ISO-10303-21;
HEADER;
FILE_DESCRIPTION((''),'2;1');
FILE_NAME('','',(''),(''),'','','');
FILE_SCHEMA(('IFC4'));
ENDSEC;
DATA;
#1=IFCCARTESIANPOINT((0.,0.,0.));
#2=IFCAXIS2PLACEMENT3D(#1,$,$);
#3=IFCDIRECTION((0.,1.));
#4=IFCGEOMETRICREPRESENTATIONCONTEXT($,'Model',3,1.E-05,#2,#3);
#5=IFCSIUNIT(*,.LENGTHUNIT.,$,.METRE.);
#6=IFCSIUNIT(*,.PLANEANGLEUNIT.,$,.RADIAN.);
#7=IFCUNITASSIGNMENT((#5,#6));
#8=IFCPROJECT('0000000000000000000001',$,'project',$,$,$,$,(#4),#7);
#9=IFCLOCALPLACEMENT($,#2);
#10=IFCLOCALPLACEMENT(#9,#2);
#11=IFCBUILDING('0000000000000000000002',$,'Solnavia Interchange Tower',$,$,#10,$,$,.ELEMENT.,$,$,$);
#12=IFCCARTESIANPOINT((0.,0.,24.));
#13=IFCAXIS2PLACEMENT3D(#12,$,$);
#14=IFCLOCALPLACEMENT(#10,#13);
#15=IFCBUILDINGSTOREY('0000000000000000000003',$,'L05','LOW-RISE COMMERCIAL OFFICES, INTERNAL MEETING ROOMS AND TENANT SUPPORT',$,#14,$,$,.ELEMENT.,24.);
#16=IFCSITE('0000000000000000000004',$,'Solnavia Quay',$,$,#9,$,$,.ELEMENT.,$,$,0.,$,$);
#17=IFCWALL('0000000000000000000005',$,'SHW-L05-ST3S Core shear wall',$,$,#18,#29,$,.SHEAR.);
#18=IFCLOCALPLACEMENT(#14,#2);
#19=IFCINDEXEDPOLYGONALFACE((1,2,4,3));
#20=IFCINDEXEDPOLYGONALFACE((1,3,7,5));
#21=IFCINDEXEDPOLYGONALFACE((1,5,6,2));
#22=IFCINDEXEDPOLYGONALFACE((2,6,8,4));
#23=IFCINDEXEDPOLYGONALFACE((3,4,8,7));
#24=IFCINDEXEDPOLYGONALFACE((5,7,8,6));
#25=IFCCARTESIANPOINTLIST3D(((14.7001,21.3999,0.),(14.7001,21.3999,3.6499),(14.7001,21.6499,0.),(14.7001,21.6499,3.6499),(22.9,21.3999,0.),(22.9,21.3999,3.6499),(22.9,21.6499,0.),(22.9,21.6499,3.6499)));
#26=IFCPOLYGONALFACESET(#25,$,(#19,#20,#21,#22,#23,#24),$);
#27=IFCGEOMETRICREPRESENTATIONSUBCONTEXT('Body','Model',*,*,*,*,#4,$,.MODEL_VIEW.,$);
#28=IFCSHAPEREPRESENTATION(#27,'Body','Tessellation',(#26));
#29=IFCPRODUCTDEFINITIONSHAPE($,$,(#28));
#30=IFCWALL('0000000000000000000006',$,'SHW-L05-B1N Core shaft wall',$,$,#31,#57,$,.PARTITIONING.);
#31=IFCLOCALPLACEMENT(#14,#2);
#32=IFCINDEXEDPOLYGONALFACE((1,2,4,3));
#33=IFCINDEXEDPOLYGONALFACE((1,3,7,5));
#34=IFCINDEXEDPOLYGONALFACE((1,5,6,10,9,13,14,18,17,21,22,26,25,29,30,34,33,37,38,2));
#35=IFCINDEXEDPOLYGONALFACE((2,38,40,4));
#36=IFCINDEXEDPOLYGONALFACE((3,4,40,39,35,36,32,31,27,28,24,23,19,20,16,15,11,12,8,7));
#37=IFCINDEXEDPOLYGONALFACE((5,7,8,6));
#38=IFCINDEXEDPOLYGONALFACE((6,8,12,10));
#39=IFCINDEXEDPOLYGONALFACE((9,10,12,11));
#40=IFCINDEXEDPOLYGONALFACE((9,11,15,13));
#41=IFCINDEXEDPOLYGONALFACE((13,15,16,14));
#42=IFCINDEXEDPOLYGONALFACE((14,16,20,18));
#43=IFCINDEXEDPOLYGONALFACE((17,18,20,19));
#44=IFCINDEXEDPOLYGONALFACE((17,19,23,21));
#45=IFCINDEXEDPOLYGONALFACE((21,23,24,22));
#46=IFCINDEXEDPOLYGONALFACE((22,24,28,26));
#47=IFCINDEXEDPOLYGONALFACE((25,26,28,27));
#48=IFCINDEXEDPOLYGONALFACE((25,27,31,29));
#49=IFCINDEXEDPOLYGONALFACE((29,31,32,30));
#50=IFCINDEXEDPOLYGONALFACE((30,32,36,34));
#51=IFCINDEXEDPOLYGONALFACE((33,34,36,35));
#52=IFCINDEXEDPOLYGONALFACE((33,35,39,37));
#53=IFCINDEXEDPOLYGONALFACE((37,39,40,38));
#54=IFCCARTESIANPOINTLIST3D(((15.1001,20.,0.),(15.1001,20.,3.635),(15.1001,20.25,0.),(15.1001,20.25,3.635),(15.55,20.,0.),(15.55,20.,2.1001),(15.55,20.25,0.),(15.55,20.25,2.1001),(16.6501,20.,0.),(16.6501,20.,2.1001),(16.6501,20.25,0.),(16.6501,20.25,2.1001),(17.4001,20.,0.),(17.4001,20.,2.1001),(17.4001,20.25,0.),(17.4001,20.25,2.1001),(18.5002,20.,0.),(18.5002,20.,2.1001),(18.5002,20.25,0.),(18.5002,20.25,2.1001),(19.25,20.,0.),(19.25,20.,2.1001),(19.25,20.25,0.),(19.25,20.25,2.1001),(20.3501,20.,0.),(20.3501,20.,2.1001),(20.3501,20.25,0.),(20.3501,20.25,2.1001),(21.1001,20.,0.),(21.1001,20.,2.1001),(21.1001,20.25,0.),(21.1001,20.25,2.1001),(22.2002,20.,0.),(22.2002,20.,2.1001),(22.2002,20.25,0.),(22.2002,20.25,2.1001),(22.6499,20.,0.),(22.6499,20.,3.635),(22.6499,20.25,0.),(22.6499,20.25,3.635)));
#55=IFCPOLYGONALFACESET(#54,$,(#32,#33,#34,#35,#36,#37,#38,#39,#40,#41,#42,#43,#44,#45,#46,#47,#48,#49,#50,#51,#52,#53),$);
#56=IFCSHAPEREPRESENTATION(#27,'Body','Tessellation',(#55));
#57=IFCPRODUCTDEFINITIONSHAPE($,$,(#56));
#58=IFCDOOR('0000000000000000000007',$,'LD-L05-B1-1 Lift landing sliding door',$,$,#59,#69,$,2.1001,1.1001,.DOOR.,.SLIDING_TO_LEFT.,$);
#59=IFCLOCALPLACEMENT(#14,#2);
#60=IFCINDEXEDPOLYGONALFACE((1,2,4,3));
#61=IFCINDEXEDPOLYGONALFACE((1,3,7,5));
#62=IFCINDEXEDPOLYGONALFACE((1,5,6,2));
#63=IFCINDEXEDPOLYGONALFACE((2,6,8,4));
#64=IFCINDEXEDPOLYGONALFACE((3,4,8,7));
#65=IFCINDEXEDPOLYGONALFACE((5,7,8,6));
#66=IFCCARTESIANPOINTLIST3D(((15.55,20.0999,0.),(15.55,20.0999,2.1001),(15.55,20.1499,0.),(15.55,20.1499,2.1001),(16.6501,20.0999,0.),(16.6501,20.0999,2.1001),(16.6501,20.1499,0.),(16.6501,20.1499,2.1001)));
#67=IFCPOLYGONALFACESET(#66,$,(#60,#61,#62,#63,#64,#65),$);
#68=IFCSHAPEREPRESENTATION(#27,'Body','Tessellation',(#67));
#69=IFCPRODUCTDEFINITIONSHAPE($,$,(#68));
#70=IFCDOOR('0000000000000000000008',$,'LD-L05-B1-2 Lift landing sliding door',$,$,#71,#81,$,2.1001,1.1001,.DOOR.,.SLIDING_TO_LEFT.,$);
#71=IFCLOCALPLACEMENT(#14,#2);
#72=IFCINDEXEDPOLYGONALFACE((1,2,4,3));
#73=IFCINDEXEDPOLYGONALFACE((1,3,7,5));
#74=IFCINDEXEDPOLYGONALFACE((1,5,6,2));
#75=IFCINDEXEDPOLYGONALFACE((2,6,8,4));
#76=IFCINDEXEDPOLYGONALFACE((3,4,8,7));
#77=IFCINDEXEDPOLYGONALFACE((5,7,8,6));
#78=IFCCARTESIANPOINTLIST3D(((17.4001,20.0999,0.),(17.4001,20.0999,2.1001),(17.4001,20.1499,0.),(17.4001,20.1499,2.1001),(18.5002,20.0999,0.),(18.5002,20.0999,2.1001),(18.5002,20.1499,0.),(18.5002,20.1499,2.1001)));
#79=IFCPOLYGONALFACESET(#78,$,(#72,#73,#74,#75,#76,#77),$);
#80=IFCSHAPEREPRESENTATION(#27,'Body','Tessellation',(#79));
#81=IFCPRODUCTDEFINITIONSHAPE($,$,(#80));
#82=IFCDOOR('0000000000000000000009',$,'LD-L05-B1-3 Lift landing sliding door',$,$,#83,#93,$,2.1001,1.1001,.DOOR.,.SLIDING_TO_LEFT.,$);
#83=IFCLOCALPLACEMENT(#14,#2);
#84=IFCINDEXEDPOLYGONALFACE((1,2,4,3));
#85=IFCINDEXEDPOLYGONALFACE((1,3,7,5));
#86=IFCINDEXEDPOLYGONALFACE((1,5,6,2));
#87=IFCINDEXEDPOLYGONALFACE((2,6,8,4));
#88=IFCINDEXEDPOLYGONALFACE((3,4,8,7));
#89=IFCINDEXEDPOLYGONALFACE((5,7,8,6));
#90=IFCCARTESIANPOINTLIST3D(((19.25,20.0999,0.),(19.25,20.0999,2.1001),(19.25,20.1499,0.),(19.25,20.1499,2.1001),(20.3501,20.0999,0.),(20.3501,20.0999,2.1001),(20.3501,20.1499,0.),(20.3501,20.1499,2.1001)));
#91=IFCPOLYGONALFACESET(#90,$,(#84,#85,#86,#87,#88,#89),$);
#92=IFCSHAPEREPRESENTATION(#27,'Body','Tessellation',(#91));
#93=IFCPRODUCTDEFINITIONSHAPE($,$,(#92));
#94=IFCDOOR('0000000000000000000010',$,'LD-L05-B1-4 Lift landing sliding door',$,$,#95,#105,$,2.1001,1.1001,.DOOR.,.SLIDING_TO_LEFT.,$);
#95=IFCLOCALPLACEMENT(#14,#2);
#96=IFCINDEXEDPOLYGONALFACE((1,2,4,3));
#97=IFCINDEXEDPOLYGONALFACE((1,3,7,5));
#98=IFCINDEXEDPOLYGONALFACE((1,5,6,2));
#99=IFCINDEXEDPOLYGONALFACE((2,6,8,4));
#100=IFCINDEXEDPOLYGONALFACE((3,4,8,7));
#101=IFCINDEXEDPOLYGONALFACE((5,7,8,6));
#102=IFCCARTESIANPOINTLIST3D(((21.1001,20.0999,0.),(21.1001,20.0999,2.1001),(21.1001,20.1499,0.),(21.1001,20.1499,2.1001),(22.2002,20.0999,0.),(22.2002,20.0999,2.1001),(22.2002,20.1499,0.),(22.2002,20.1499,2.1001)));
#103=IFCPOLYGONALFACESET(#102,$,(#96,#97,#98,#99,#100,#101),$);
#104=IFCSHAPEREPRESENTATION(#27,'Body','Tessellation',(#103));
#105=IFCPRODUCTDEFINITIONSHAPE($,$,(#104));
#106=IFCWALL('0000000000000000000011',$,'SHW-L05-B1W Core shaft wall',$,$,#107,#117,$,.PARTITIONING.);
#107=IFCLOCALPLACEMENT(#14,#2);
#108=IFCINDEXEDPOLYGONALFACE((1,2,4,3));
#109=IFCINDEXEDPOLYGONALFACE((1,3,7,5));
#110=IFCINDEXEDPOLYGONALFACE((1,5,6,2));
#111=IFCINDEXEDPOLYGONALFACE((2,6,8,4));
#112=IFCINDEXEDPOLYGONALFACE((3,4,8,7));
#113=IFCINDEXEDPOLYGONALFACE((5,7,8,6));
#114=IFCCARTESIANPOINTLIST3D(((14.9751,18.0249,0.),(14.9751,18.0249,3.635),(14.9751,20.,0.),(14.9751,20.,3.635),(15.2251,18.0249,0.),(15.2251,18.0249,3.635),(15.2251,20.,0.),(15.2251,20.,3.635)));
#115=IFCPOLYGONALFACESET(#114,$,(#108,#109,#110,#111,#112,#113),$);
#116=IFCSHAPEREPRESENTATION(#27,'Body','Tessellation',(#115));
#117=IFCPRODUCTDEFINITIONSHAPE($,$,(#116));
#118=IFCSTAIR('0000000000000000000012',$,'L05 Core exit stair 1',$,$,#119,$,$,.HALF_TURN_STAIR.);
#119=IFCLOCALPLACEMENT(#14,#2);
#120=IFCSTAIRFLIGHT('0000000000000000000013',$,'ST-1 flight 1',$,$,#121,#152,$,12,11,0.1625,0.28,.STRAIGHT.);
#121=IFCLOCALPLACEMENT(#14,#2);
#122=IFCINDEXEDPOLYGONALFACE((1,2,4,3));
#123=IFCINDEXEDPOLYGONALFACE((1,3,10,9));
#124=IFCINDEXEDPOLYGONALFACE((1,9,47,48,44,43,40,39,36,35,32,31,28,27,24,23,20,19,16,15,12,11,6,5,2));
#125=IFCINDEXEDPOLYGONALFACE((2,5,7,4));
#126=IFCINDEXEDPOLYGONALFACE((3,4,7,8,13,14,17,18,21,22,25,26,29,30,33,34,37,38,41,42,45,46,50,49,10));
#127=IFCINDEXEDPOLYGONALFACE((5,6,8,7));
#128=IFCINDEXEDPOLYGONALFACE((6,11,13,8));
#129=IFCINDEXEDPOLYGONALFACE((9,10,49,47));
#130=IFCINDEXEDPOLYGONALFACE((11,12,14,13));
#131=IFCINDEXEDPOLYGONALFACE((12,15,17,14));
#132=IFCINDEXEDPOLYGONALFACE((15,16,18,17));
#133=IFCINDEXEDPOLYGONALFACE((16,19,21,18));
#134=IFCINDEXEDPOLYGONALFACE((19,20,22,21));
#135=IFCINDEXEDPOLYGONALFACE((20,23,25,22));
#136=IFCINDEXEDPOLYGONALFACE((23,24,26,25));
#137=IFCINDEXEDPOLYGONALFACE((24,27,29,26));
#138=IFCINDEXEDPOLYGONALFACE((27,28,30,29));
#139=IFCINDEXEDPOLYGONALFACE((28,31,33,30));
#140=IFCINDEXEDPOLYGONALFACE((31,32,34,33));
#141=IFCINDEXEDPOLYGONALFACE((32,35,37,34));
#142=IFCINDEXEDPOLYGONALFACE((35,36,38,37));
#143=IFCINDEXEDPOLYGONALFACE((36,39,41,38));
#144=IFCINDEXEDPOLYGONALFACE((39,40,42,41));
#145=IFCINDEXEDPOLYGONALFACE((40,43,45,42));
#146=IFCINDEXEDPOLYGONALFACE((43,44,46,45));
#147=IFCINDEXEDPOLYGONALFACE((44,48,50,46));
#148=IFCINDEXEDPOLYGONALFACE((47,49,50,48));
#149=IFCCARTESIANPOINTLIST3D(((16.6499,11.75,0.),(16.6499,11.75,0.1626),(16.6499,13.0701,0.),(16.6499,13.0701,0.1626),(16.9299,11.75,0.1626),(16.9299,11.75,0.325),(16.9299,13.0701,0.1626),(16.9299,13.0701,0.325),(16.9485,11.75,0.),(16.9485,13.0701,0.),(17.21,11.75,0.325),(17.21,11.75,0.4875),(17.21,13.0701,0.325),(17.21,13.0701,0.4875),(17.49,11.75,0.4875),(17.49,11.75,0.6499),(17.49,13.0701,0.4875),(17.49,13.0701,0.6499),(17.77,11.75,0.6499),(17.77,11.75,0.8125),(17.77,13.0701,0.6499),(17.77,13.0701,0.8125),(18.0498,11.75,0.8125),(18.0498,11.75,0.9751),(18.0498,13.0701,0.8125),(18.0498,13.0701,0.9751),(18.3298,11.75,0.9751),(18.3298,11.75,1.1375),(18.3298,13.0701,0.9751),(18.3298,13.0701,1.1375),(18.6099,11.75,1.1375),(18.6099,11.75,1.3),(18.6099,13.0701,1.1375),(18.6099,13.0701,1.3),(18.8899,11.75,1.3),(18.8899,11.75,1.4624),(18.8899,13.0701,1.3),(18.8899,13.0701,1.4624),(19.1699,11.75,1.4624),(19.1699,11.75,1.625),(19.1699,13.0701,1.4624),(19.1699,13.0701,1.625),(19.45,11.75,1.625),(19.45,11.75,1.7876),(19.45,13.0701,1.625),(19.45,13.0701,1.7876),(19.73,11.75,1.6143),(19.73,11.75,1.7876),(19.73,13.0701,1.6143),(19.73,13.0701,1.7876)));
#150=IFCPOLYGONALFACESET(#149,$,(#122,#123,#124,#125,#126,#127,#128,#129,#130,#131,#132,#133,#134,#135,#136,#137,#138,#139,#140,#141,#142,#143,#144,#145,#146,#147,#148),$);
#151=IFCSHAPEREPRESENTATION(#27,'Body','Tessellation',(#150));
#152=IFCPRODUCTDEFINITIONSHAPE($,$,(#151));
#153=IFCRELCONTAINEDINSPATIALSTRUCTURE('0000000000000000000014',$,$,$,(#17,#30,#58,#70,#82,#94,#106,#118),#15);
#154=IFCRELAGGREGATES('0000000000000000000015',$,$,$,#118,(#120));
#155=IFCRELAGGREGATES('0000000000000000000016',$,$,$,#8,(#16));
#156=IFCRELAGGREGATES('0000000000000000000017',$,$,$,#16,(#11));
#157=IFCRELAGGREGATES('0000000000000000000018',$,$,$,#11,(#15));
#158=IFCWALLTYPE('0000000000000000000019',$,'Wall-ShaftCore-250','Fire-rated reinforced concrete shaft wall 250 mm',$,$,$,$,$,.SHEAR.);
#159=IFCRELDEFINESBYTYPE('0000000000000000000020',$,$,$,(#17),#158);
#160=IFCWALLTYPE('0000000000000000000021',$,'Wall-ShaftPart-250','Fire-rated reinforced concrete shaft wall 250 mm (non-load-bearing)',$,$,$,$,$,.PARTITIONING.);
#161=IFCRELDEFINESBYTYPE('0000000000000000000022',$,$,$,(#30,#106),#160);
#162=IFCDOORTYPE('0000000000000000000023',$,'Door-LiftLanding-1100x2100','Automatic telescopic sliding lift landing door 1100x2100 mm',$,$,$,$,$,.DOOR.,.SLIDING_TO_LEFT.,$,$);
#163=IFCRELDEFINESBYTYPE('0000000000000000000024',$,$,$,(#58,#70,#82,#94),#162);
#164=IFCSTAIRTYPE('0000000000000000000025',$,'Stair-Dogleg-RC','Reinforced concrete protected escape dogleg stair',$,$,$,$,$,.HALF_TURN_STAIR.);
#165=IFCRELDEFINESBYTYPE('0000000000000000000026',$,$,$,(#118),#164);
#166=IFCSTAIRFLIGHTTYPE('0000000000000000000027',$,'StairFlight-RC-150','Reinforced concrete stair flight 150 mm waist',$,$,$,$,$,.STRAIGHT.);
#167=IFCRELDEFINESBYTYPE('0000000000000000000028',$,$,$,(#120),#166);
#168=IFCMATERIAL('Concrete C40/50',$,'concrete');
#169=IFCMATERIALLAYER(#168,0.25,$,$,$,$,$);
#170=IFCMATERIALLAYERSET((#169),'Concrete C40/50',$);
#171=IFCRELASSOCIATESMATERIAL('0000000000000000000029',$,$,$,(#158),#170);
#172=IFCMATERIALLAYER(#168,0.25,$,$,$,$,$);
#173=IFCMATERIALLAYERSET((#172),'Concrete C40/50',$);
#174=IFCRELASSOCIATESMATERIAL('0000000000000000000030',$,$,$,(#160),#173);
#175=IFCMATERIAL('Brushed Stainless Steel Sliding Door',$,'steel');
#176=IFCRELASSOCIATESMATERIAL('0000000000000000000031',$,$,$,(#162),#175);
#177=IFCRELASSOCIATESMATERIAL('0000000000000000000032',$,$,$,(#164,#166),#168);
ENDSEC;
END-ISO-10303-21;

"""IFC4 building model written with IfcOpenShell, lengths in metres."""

from ifc_helpers import new_model, si_unit, direction, frame, frame_2d, origin, place, context, subcontext, project, spatial, polyline, rectangle, outline, extrude, material, layer, layer_set, type_object, element, fill, aggregate, save


model = new_model("IFC4")

# Units and contexts
model_context = context("Model", 3, precision=1e-05, world=origin(), true_north=direction((0.0, 1.0)))
body_context = subcontext(model_context, "Body", "Model", "MODEL_VIEW")
ifc_project = project(units=[si_unit("LENGTHUNIT", "METRE"), si_unit("PLANEANGLEUNIT", "RADIAN")], contexts=[model_context])

# Site, building, storey
site_placement = place(None, origin())
site = spatial("IfcSite", under=ifc_project, at=site_placement, Name="Solnavia Quay", CompositionType="ELEMENT", RefElevation=0.0)
building_placement = place(site_placement, origin())
building = spatial("IfcBuilding", under=site, at=building_placement, Name="Solnavia Interchange Tower", CompositionType="ELEMENT")
storey_placement = place(building_placement, frame((0.0, 0.0, 24.0)))
storey = spatial("IfcBuildingStorey", under=building, at=storey_placement, Name="L05", Description="LOW-RISE COMMERCIAL OFFICES, INTERNAL MEETING ROOMS AND TENANT SUPPORT", CompositionType="ELEMENT", Elevation=24.0)

# Wall
ifc_material_1 = material(Name="Concrete C40/50", Category="concrete")
ifc_layer_1 = layer(ifc_material_1, 0.25)
ifc_layer_set_1 = layer_set([ifc_layer_1], Name="Concrete C40/50")
wall_type_1 = type_object("IfcWallType", Name="Wall-ShaftCore-250", Description="Fire-rated reinforced concrete shaft wall 250 mm", PredefinedType="SHEAR", material=ifc_layer_set_1)
wall_1_placement = place(storey_placement, frame((14.7, 21.5249, 0.0), z_axis=(0.0, 0.0, 1.0), x_axis=(1.0, 0.0, 0.0)))
element("IfcWall", 1, at=wall_1_placement, inside=storey, type_object=wall_type_1, Name="SHW-L05-ST3S Core shear wall", PredefinedType="SHEAR", context=body_context, shape_type="SweptSolid", body=[
    extrude(rectangle(XDim=8.2, YDim=0.25, at=frame_2d((4.1001, 0.0))), origin(), (0.0, 0.0, 1.0), 3.6499),
])

# Wall, openings, doors
ifc_layer_2 = layer(ifc_material_1, 0.25)
ifc_layer_set_2 = layer_set([ifc_layer_2], Name="Concrete C40/50")
wall_type_2 = type_object("IfcWallType", Name="Wall-ShaftPart-250", Description="Fire-rated reinforced concrete shaft wall 250 mm (non-load-bearing)", PredefinedType="PARTITIONING", material=ifc_layer_set_2)
wall_2_placement = place(storey_placement, frame((15.1001, 20.125, 0.0), z_axis=(0.0, 0.0, 1.0), x_axis=(1.0, 0.0, 0.0)))
wall_2 = element("IfcWall", 2, at=wall_2_placement, inside=storey, type_object=wall_type_2, Name="SHW-L05-B1N Core shaft wall", PredefinedType="PARTITIONING", context=body_context, shape_type="SweptSolid", body=[
    extrude(rectangle(XDim=7.5498, YDim=0.25, at=frame_2d((3.7749, 0.0))), origin(), (0.0, 0.0, 1.0), 3.635),
])
opening_1_placement = place(wall_2_placement, frame((0.45, 0.0, 0.0)))
opening_1 = element("IfcOpeningElement", 3, at=opening_1_placement, cuts=wall_2, PredefinedType="OPENING", context=body_context, shape_type="SweptSolid", body=[
    extrude(rectangle(XDim=1.1001, YDim=2.1001, at=frame_2d((0.55, 1.05))), frame((0.0, 0.135, 0.0), z_axis=(0.0, -1.0, 0.0), x_axis=(1.0, 0.0, 0.0)), (0.0, 0.0, 1.0), 0.27),
])
opening_2_placement = place(wall_2_placement, frame((2.3, 0.0, 0.0)))
opening_2 = element("IfcOpeningElement", 4, at=opening_2_placement, cuts=wall_2, PredefinedType="OPENING", context=body_context, shape_type="SweptSolid", body=[
    extrude(rectangle(XDim=1.1001, YDim=2.1001, at=frame_2d((0.55, 1.05))), frame((0.0, 0.135, 0.0), z_axis=(0.0, -1.0, 0.0), x_axis=(1.0, 0.0, 0.0)), (0.0, 0.0, 1.0), 0.27),
])
opening_3_placement = place(wall_2_placement, frame((4.1499, 0.0, 0.0)))
opening_3 = element("IfcOpeningElement", 5, at=opening_3_placement, cuts=wall_2, PredefinedType="OPENING", context=body_context, shape_type="SweptSolid", body=[
    extrude(rectangle(XDim=1.1001, YDim=2.1001, at=frame_2d((0.55, 1.05))), frame((0.0, 0.135, 0.0), z_axis=(0.0, -1.0, 0.0), x_axis=(1.0, 0.0, 0.0)), (0.0, 0.0, 1.0), 0.27),
])
opening_4_placement = place(wall_2_placement, frame((6.0, 0.0, 0.0)))
opening_4 = element("IfcOpeningElement", 6, at=opening_4_placement, cuts=wall_2, PredefinedType="OPENING", context=body_context, shape_type="SweptSolid", body=[
    extrude(rectangle(XDim=1.1001, YDim=2.1001, at=frame_2d((0.55, 1.05))), frame((0.0, 0.135, 0.0), z_axis=(0.0, -1.0, 0.0), x_axis=(1.0, 0.0, 0.0)), (0.0, 0.0, 1.0), 0.27),
])
ifc_material_2 = material(Name="Brushed Stainless Steel Sliding Door", Category="steel")
door_type = type_object("IfcDoorType", Name="Door-LiftLanding-1100x2100", Description="Automatic telescopic sliding lift landing door 1100x2100 mm", OperationType="SLIDING_TO_LEFT", PredefinedType="DOOR", material=ifc_material_2)
door_1_placement = place(opening_1_placement, origin())
door_1 = element("IfcDoor", 7, at=door_1_placement, inside=storey, type_object=door_type, Name="LD-L05-B1-1 Lift landing sliding door", OperationType="SLIDING_TO_LEFT", OverallHeight=2.1001, OverallWidth=1.1001, PredefinedType="DOOR", context=body_context, shape_type="SweptSolid", body=[
    extrude(rectangle(XDim=1.1001, YDim=2.1001, at=frame_2d((0.55, 1.05))), frame((0.0, 0.0249, 0.0), z_axis=(0.0, -1.0, 0.0), x_axis=(1.0, 0.0, 0.0)), (0.0, 0.0, 1.0), 0.05),
])
fill(opening_1, door_1)
door_2_placement = place(opening_2_placement, origin())
door_2 = element("IfcDoor", 8, at=door_2_placement, inside=storey, type_object=door_type, Name="LD-L05-B1-2 Lift landing sliding door", OperationType="SLIDING_TO_LEFT", OverallHeight=2.1001, OverallWidth=1.1001, PredefinedType="DOOR", context=body_context, shape_type="SweptSolid", body=[
    extrude(rectangle(XDim=1.1001, YDim=2.1001, at=frame_2d((0.55, 1.05))), frame((0.0, 0.0249, 0.0), z_axis=(0.0, -1.0, 0.0), x_axis=(1.0, 0.0, 0.0)), (0.0, 0.0, 1.0), 0.05),
])
fill(opening_2, door_2)
door_3_placement = place(opening_3_placement, origin())
door_3 = element("IfcDoor", 9, at=door_3_placement, inside=storey, type_object=door_type, Name="LD-L05-B1-3 Lift landing sliding door", OperationType="SLIDING_TO_LEFT", OverallHeight=2.1001, OverallWidth=1.1001, PredefinedType="DOOR", context=body_context, shape_type="SweptSolid", body=[
    extrude(rectangle(XDim=1.1001, YDim=2.1001, at=frame_2d((0.55, 1.05))), frame((0.0, 0.0249, 0.0), z_axis=(0.0, -1.0, 0.0), x_axis=(1.0, 0.0, 0.0)), (0.0, 0.0, 1.0), 0.05),
])
fill(opening_3, door_3)
door_4_placement = place(opening_4_placement, origin())
door_4 = element("IfcDoor", 10, at=door_4_placement, inside=storey, type_object=door_type, Name="LD-L05-B1-4 Lift landing sliding door", OperationType="SLIDING_TO_LEFT", OverallHeight=2.1001, OverallWidth=1.1001, PredefinedType="DOOR", context=body_context, shape_type="SweptSolid", body=[
    extrude(rectangle(XDim=1.1001, YDim=2.1001, at=frame_2d((0.55, 1.05))), frame((0.0, 0.0249, 0.0), z_axis=(0.0, -1.0, 0.0), x_axis=(1.0, 0.0, 0.0)), (0.0, 0.0, 1.0), 0.05),
])
fill(opening_4, door_4)

# Wall
wall_3_placement = place(storey_placement, frame((15.1001, 18.0249, 0.0), z_axis=(0.0, 0.0, 1.0), x_axis=(0.0, 1.0, 0.0)))
element("IfcWall", 11, at=wall_3_placement, inside=storey, type_object=wall_type_2, Name="SHW-L05-B1W Core shaft wall", PredefinedType="PARTITIONING", context=body_context, shape_type="SweptSolid", body=[
    extrude(rectangle(XDim=1.9751, YDim=0.25, at=frame_2d((0.9875, 0.0))), origin(), (0.0, 0.0, 1.0), 3.635),
])

# Stair, stair flight
stair_type = type_object("IfcStairType", Name="Stair-Dogleg-RC", Description="Reinforced concrete protected escape dogleg stair", PredefinedType="HALF_TURN_STAIR", material=ifc_material_1)
stair_1_placement = place(storey_placement, origin())
stair_1 = element("IfcStair", 12, at=stair_1_placement, inside=storey, type_object=stair_type, Name="L05 Core exit stair 1", PredefinedType="HALF_TURN_STAIR")
stair_flight_type = type_object("IfcStairFlightType", Name="StairFlight-RC-150", Description="Reinforced concrete stair flight 150 mm waist", PredefinedType="STRAIGHT", material=ifc_material_1)
stair_flight_1_placement = place(storey_placement, frame((16.6499, 12.4099, 0.0), z_axis=(0.0, 0.0, 1.0), x_axis=(1.0, 0.0, 0.0)))
stair_flight_1 = element("IfcStairFlight", 13, at=stair_flight_1_placement, type_object=stair_flight_type, Name="ST-1 flight 1", NumberOfRisers=12, NumberOfTreads=11, PredefinedType="STRAIGHT", RiserHeight=0.1625, TreadLength=0.28, context=body_context, shape_type="SweptSolid", body=[
    extrude(outline(polyline([(0.0, 0.0), (0.0, 0.1626), (0.28, 0.1626), (0.28, 0.325), (0.5601, 0.325), (0.5601, 0.4875), (0.8401, 0.4875), (0.8401, 0.6499), (1.1201, 0.6499), (1.1201, 0.8125), (1.3999, 0.8125), (1.3999, 0.9751), (1.6799, 0.9751), (1.6799, 1.1375), (1.96, 1.1375), (1.96, 1.3), (2.24, 1.3), (2.24, 1.4624), (2.52, 1.4624), (2.52, 1.625), (2.8, 1.625), (2.8, 1.7876), (3.0801, 1.7876), (3.0801, 1.95), (3.0801, 1.6143), (0.2986, 0.0), (0.0, 0.0)])), frame((0.0, 0.6602, 0.0), z_axis=(0.0, -1.0, 0.0), x_axis=(1.0, 0.0, 0.0)), (0.0, 0.0, 1.0), 1.3201),
])
aggregate(stair_1, [stair_flight_1])

save(model, "model.ifc")
